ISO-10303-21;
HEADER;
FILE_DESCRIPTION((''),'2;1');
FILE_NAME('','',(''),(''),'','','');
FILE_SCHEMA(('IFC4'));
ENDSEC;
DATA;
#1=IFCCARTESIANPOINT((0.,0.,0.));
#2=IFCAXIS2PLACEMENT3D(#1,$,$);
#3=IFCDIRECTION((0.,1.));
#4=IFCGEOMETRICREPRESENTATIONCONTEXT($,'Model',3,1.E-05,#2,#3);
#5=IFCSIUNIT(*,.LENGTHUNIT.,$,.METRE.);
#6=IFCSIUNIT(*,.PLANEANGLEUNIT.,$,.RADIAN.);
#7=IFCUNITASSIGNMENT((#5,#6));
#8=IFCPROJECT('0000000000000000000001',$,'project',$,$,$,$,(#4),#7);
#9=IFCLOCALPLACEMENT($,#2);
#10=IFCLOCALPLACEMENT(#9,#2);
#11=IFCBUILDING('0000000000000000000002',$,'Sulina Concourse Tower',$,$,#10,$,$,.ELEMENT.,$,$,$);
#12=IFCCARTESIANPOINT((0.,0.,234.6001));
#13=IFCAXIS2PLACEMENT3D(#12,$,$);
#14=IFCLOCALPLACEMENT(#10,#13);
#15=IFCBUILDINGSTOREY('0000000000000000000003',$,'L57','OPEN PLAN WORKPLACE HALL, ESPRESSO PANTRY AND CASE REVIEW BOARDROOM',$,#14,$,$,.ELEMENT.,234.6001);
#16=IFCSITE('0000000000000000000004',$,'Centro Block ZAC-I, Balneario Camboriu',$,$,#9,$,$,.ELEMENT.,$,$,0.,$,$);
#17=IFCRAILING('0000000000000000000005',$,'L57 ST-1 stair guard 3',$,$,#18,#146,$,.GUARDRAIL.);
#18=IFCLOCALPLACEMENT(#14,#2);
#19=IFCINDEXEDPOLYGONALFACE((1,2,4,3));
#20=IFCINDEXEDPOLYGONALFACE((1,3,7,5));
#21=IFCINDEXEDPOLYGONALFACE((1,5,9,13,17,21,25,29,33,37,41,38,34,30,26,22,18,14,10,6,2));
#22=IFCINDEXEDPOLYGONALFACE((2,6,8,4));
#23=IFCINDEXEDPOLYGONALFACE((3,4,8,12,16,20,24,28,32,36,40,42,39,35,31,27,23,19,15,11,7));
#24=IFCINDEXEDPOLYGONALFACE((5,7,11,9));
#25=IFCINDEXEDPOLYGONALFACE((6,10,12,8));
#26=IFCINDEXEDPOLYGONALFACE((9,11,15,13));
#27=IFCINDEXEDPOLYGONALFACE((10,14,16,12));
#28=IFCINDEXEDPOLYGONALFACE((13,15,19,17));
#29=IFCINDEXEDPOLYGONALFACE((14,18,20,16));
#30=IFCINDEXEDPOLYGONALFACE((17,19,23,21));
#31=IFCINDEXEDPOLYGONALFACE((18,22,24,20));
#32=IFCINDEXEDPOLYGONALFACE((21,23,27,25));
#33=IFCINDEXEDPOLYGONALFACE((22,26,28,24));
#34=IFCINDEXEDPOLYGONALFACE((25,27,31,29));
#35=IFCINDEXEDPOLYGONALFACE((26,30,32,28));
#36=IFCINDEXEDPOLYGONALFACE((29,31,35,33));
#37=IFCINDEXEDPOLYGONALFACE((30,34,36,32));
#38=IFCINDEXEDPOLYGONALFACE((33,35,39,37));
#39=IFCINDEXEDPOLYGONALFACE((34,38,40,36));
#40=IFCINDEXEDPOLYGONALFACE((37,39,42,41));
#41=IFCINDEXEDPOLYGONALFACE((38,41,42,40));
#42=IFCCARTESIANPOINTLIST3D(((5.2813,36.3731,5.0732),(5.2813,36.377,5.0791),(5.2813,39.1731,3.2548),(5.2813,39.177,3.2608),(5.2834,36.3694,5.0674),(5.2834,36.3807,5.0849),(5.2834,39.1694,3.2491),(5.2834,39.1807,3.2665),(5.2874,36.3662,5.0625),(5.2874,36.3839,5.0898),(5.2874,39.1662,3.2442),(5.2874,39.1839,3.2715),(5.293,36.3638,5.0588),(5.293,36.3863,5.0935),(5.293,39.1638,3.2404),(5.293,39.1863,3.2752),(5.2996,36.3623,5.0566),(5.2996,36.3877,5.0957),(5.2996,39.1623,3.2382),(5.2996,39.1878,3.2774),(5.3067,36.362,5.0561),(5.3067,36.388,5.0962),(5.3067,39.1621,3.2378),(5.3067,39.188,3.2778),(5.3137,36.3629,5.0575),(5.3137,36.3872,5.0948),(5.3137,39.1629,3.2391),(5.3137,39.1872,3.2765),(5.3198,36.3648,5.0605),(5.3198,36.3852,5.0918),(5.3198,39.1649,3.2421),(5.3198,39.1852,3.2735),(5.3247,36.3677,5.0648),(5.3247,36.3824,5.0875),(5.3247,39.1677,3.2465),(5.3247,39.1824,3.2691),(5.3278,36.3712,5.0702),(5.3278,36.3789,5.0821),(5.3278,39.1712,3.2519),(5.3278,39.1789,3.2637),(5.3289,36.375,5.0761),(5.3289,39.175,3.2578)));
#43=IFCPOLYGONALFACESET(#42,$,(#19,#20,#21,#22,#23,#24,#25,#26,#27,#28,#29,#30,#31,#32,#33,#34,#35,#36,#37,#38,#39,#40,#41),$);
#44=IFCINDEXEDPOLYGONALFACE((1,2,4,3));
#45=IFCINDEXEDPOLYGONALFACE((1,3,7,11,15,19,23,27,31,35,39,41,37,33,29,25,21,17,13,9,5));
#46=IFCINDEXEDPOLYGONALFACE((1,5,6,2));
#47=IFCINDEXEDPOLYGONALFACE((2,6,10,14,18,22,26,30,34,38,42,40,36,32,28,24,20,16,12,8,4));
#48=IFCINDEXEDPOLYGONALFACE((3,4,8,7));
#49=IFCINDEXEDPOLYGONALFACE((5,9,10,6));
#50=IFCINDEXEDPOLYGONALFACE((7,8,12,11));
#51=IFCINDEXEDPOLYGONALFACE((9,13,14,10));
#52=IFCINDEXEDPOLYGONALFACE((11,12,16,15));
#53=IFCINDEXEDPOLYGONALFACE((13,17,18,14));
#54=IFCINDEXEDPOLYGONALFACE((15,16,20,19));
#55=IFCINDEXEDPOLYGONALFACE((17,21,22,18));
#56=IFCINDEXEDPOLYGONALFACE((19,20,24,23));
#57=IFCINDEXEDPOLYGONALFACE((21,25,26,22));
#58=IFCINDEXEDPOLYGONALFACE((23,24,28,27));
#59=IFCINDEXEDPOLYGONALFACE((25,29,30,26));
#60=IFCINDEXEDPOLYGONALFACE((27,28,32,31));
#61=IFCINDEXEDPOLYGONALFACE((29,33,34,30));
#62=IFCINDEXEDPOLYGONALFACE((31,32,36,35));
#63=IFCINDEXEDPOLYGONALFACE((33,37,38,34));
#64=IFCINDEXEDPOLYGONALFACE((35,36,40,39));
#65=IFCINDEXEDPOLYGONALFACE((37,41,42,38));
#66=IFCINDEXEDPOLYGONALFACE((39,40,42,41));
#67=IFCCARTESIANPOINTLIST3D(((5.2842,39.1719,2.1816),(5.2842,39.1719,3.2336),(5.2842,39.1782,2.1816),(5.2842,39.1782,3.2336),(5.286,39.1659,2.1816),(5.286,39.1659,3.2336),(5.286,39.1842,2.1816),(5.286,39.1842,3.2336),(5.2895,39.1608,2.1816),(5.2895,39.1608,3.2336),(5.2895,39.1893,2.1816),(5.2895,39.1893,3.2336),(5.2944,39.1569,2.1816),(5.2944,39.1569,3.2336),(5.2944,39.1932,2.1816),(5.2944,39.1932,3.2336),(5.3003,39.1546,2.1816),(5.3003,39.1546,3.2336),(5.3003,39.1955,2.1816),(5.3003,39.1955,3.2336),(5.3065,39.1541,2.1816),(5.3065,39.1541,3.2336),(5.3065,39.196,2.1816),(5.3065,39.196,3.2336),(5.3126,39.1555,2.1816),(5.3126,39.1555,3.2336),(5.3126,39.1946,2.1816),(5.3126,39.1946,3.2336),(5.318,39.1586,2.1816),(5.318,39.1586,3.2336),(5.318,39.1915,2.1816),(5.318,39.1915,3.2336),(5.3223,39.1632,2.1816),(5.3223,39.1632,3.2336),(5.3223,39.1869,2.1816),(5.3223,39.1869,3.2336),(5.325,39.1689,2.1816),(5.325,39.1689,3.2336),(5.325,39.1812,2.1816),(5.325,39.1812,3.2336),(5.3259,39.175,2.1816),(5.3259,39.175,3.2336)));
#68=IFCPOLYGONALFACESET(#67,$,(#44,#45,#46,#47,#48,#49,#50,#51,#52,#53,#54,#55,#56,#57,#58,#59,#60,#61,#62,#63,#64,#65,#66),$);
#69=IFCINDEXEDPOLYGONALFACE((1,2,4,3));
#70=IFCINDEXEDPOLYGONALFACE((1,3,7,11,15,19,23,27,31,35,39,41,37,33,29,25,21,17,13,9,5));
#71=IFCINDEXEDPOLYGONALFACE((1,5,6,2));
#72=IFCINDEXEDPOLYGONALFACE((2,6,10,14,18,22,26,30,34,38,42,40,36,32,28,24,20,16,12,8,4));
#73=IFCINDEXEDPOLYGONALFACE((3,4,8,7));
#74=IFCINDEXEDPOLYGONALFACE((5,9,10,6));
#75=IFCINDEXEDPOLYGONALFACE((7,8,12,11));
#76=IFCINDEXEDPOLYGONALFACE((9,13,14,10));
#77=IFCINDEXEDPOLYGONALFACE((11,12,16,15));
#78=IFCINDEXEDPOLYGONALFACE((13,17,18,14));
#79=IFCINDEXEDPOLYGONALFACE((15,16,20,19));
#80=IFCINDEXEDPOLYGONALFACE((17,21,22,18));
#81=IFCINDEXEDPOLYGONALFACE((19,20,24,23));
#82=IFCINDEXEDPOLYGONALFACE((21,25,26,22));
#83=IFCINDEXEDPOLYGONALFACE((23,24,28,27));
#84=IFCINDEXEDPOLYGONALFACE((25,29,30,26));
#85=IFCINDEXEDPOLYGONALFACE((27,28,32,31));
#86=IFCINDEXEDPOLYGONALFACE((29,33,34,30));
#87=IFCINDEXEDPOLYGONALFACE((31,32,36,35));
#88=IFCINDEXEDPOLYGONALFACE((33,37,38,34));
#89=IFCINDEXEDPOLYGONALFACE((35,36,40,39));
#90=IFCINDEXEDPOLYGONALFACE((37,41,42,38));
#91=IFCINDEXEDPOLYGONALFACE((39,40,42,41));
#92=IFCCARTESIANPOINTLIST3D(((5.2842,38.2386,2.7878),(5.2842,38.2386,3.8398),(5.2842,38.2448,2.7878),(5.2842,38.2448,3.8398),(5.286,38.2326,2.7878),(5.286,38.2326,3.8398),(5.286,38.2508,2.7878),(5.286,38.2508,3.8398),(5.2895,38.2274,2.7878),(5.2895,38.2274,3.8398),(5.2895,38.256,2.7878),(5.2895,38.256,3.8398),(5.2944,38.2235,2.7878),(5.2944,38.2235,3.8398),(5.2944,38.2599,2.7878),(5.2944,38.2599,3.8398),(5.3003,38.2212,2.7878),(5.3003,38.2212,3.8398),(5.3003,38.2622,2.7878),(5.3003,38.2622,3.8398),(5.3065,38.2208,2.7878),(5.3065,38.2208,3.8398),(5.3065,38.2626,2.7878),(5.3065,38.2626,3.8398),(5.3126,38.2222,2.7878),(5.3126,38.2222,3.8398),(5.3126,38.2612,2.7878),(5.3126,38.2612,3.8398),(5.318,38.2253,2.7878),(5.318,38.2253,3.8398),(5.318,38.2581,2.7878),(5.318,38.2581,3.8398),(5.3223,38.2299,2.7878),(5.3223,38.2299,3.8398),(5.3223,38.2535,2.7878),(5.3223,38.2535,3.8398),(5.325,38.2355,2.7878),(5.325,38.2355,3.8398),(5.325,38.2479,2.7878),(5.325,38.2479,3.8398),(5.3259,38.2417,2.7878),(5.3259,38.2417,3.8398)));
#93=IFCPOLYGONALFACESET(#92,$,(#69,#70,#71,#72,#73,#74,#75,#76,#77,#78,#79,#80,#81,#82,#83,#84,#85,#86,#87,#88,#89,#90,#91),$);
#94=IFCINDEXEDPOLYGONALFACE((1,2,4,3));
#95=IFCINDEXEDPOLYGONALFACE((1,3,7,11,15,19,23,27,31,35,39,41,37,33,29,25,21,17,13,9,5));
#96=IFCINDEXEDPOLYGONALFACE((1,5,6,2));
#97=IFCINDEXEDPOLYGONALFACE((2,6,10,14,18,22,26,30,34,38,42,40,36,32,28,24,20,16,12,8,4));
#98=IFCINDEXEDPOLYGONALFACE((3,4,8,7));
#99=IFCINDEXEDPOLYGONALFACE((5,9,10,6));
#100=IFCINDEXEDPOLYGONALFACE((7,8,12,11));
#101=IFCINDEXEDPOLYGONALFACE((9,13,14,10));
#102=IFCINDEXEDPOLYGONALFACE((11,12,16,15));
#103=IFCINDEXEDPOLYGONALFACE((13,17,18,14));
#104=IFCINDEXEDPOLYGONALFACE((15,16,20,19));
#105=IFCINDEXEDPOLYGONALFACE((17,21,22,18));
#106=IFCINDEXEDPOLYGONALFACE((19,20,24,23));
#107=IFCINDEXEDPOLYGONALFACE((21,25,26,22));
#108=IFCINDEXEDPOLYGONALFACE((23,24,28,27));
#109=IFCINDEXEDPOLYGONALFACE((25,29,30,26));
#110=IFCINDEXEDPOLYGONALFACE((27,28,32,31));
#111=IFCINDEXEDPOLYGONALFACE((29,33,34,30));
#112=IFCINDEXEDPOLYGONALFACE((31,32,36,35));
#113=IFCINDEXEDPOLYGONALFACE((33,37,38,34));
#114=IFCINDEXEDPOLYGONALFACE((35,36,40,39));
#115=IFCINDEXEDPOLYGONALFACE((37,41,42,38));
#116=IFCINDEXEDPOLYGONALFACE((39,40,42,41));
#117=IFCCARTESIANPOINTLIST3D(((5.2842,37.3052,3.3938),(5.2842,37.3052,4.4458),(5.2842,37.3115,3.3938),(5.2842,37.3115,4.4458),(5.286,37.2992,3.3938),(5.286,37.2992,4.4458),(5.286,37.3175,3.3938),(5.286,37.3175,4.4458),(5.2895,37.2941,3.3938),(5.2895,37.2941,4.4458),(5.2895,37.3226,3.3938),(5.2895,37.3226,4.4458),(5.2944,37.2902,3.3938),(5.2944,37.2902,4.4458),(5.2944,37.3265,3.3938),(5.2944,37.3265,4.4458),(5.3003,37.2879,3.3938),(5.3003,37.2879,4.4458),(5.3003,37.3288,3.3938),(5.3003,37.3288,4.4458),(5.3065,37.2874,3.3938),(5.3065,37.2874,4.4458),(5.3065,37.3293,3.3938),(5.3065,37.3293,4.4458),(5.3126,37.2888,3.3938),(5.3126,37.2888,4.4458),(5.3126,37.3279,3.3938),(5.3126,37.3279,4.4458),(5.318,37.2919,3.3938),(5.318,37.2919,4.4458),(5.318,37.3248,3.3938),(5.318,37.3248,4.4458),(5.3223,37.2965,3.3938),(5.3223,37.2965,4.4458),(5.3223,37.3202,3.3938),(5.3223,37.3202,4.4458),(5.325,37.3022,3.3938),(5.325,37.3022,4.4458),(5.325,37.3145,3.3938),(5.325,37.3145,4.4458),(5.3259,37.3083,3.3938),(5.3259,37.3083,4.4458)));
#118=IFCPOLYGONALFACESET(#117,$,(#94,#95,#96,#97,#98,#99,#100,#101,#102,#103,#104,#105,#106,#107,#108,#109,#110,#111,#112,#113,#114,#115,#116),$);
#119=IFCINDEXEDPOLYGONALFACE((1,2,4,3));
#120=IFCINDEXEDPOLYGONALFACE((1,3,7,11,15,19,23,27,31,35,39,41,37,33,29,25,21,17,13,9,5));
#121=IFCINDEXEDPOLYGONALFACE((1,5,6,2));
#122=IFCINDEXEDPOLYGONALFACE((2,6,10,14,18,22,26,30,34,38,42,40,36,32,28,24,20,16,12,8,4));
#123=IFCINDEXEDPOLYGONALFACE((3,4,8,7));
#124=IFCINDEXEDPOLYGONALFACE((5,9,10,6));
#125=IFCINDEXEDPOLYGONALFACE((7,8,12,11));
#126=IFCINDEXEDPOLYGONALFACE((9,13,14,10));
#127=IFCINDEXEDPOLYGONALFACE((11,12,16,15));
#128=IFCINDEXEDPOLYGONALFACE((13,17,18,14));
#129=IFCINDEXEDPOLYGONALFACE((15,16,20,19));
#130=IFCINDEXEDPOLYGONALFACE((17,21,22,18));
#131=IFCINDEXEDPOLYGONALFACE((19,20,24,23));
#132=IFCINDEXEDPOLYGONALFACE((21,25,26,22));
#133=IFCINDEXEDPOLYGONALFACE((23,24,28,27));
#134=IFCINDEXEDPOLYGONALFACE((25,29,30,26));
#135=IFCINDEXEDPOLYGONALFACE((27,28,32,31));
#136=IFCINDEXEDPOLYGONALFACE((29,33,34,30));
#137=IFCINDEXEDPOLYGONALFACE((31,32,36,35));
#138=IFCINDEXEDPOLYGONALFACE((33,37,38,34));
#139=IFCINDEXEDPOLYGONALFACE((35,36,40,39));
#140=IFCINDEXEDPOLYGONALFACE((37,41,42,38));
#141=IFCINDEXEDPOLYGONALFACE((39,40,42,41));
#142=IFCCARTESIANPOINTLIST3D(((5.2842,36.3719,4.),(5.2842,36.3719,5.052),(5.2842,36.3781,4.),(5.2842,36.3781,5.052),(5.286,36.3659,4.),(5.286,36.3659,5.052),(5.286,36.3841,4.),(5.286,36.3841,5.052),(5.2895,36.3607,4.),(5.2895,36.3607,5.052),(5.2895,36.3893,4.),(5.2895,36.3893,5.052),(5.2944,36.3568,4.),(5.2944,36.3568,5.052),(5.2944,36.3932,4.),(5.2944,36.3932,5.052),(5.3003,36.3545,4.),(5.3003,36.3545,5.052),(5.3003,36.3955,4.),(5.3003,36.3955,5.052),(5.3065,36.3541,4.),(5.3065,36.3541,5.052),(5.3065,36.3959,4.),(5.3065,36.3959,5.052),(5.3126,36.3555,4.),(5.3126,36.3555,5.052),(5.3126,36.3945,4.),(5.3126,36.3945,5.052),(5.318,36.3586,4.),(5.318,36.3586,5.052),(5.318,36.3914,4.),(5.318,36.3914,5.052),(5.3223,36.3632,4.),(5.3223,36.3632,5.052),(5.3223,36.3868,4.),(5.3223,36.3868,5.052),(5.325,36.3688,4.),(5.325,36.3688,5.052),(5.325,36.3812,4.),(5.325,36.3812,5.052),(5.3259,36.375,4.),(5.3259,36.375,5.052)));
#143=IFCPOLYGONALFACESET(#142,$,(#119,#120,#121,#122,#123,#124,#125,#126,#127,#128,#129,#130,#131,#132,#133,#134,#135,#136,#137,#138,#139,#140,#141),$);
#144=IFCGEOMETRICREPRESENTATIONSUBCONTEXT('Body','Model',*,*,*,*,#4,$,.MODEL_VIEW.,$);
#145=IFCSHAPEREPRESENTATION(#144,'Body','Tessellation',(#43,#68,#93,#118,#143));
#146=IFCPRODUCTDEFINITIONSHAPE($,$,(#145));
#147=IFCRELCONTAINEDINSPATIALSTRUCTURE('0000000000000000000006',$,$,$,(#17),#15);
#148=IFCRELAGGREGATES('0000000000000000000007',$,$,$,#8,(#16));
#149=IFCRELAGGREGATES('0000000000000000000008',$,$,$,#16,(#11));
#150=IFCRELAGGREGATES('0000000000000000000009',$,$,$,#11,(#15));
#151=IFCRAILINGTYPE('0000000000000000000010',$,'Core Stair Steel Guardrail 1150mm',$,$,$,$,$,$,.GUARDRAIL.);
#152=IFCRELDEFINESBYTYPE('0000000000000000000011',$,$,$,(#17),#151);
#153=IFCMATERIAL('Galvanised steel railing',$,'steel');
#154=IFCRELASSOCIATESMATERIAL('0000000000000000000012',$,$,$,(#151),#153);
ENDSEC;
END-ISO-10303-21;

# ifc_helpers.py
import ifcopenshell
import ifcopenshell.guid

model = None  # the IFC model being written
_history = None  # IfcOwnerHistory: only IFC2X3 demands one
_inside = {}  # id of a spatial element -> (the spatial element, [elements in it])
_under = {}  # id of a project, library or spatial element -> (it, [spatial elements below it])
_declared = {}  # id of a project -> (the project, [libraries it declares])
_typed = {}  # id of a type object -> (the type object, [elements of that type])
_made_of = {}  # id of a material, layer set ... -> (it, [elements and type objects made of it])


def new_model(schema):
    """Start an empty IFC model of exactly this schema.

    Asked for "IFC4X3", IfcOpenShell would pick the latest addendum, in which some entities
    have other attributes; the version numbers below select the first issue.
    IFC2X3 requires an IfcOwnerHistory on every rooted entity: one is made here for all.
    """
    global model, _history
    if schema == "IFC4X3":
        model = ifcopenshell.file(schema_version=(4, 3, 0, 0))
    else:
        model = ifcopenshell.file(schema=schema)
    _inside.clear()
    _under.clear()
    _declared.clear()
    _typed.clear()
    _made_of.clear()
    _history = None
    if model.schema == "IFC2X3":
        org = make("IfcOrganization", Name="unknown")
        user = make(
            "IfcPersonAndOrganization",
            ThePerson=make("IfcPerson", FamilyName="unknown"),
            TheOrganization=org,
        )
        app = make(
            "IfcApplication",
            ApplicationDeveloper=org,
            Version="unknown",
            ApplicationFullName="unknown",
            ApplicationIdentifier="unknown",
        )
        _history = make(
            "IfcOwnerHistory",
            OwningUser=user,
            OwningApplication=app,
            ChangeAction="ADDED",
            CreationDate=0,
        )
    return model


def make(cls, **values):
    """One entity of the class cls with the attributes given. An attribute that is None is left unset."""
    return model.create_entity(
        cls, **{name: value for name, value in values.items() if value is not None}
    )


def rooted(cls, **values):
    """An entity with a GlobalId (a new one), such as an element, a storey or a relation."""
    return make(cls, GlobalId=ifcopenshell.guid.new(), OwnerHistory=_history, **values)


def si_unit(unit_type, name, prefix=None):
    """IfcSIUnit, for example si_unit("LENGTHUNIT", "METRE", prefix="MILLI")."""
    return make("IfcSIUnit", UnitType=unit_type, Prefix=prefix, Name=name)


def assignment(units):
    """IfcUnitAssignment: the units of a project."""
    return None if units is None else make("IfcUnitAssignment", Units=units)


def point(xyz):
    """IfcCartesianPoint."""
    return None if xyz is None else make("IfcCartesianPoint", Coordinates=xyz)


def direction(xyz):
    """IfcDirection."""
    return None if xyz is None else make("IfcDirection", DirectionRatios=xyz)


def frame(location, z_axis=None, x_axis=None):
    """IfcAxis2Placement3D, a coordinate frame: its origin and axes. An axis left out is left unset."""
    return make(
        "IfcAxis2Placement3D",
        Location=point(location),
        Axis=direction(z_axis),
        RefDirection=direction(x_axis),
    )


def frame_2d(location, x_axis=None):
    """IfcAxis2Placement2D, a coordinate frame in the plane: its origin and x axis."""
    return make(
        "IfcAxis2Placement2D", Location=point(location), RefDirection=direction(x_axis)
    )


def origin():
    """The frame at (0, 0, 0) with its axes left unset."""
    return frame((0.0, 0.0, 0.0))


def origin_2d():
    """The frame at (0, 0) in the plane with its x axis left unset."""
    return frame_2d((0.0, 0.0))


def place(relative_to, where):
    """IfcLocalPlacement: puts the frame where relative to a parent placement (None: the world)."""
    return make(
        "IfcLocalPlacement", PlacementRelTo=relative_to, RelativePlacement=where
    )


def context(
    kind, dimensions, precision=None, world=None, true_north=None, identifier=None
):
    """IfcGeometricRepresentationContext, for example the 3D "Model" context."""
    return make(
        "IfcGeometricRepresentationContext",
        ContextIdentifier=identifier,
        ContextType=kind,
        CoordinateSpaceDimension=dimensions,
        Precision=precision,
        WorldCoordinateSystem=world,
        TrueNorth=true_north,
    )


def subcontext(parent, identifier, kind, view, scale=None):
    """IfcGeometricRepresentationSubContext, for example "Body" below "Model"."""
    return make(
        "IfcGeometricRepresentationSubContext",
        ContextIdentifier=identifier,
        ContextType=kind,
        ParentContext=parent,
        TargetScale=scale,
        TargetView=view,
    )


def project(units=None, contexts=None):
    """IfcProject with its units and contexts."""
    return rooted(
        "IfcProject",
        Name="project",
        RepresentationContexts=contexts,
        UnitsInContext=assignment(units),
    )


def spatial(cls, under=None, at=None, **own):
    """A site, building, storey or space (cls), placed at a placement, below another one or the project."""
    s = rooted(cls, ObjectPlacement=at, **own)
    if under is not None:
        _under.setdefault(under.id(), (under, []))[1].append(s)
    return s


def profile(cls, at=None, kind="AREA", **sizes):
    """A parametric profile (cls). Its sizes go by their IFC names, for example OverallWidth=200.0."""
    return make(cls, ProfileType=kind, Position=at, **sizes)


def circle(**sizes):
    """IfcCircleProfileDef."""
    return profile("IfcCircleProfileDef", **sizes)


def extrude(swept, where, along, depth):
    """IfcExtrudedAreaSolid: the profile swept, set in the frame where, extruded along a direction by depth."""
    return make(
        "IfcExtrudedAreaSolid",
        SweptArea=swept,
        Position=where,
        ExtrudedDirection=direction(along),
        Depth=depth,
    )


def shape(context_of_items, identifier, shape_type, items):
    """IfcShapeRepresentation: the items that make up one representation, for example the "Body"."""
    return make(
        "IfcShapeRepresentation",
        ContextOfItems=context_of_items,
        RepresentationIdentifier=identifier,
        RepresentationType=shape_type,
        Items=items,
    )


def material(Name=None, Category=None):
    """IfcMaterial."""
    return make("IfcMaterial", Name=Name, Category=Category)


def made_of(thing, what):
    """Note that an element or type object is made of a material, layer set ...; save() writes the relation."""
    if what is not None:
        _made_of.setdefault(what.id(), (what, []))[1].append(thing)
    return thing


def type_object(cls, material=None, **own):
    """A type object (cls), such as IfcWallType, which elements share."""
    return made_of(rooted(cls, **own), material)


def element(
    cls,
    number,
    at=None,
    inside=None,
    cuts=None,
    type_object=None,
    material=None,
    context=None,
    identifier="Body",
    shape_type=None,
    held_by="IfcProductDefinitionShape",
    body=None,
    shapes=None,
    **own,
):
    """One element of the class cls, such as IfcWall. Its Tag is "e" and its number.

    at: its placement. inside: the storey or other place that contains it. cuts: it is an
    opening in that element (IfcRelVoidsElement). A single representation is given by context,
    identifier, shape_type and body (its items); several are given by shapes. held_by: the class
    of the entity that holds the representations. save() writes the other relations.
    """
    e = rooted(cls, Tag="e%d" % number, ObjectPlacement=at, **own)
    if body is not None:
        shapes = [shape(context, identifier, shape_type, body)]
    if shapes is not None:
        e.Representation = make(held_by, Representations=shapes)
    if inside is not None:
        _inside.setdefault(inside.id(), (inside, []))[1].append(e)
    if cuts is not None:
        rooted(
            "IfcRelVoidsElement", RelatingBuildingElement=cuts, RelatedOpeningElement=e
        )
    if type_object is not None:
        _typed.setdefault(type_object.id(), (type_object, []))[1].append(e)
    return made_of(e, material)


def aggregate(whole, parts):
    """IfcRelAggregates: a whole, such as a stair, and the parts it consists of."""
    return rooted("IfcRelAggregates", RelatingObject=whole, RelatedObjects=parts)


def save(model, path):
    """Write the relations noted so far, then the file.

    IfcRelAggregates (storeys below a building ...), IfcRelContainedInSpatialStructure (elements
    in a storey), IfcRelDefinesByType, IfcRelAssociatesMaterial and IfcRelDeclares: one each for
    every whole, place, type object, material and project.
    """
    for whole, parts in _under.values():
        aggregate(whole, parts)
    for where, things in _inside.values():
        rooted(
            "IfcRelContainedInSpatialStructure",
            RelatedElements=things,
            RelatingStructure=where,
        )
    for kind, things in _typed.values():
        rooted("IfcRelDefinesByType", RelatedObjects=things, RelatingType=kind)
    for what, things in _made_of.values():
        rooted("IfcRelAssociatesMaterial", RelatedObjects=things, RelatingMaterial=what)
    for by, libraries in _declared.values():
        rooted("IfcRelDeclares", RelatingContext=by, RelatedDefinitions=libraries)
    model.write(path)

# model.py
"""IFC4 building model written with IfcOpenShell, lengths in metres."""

from ifc_helpers import new_model, si_unit, direction, frame, origin, origin_2d, place, context, subcontext, project, spatial, circle, extrude, material, type_object, element, save


model = new_model("IFC4")

# Units and contexts
model_context = context("Model", 3, precision=1e-05, world=origin(), true_north=direction((0.0, 1.0)))
body_context = subcontext(model_context, "Body", "Model", "MODEL_VIEW")
ifc_project = project(units=[si_unit("LENGTHUNIT", "METRE"), si_unit("PLANEANGLEUNIT", "RADIAN")], contexts=[model_context])

# Site, building, storey
site_placement = place(None, origin())
site = spatial("IfcSite", under=ifc_project, at=site_placement, Name="Centro Block ZAC-I, Balneario Camboriu", CompositionType="ELEMENT", RefElevation=0.0)
building_placement = place(site_placement, origin())
building = spatial("IfcBuilding", under=site, at=building_placement, Name="Sulina Concourse Tower", CompositionType="ELEMENT")
storey_placement = place(building_placement, frame((0.0, 0.0, 234.6001)))
storey = spatial("IfcBuildingStorey", under=building, at=storey_placement, Name="L57", Description="OPEN PLAN WORKPLACE HALL, ESPRESSO PANTRY AND CASE REVIEW BOARDROOM", CompositionType="ELEMENT", Elevation=234.6001)

# Railing
ifc_material_1 = material(Name="Galvanised steel railing", Category="steel")
railing_type_1 = type_object("IfcRailingType", Name="Core Stair Steel Guardrail 1150mm", PredefinedType="GUARDRAIL", material=ifc_material_1)
railing_1_placement = place(storey_placement, frame((5.3049, 39.175, 2.1816)))
element("IfcRailing", 1, at=railing_1_placement, inside=storey, type_object=railing_type_1, Name="L57 ST-1 stair guard 3", PredefinedType="GUARDRAIL", context=body_context, shape_type="SweptSolid", body=[
    extrude(circle(Radius=0.0239, at=origin_2d()), frame((0.0, 0.0, 1.0762), z_axis=(0.0, -0.838672, 0.544636), x_axis=(1.0, 0.0, 0.0)), (0.0, 0.0, 1.0), 3.3386),
    extrude(circle(Radius=0.021, at=origin_2d()), origin(), (0.0, 0.0, 1.0), 1.052),
    extrude(circle(Radius=0.021, at=origin_2d()), frame((0.0, -0.9333, 0.6062)), (0.0, 0.0, 1.0), 1.052),
    extrude(circle(Radius=0.021, at=origin_2d()), frame((0.0, -1.8667, 1.2122)), (0.0, 0.0, 1.0), 1.052),
    extrude(circle(Radius=0.021, at=origin_2d()), frame((0.0, -2.8, 1.8184)), (0.0, 0.0, 1.0), 1.052),
])

save(model, "model.ifc")
